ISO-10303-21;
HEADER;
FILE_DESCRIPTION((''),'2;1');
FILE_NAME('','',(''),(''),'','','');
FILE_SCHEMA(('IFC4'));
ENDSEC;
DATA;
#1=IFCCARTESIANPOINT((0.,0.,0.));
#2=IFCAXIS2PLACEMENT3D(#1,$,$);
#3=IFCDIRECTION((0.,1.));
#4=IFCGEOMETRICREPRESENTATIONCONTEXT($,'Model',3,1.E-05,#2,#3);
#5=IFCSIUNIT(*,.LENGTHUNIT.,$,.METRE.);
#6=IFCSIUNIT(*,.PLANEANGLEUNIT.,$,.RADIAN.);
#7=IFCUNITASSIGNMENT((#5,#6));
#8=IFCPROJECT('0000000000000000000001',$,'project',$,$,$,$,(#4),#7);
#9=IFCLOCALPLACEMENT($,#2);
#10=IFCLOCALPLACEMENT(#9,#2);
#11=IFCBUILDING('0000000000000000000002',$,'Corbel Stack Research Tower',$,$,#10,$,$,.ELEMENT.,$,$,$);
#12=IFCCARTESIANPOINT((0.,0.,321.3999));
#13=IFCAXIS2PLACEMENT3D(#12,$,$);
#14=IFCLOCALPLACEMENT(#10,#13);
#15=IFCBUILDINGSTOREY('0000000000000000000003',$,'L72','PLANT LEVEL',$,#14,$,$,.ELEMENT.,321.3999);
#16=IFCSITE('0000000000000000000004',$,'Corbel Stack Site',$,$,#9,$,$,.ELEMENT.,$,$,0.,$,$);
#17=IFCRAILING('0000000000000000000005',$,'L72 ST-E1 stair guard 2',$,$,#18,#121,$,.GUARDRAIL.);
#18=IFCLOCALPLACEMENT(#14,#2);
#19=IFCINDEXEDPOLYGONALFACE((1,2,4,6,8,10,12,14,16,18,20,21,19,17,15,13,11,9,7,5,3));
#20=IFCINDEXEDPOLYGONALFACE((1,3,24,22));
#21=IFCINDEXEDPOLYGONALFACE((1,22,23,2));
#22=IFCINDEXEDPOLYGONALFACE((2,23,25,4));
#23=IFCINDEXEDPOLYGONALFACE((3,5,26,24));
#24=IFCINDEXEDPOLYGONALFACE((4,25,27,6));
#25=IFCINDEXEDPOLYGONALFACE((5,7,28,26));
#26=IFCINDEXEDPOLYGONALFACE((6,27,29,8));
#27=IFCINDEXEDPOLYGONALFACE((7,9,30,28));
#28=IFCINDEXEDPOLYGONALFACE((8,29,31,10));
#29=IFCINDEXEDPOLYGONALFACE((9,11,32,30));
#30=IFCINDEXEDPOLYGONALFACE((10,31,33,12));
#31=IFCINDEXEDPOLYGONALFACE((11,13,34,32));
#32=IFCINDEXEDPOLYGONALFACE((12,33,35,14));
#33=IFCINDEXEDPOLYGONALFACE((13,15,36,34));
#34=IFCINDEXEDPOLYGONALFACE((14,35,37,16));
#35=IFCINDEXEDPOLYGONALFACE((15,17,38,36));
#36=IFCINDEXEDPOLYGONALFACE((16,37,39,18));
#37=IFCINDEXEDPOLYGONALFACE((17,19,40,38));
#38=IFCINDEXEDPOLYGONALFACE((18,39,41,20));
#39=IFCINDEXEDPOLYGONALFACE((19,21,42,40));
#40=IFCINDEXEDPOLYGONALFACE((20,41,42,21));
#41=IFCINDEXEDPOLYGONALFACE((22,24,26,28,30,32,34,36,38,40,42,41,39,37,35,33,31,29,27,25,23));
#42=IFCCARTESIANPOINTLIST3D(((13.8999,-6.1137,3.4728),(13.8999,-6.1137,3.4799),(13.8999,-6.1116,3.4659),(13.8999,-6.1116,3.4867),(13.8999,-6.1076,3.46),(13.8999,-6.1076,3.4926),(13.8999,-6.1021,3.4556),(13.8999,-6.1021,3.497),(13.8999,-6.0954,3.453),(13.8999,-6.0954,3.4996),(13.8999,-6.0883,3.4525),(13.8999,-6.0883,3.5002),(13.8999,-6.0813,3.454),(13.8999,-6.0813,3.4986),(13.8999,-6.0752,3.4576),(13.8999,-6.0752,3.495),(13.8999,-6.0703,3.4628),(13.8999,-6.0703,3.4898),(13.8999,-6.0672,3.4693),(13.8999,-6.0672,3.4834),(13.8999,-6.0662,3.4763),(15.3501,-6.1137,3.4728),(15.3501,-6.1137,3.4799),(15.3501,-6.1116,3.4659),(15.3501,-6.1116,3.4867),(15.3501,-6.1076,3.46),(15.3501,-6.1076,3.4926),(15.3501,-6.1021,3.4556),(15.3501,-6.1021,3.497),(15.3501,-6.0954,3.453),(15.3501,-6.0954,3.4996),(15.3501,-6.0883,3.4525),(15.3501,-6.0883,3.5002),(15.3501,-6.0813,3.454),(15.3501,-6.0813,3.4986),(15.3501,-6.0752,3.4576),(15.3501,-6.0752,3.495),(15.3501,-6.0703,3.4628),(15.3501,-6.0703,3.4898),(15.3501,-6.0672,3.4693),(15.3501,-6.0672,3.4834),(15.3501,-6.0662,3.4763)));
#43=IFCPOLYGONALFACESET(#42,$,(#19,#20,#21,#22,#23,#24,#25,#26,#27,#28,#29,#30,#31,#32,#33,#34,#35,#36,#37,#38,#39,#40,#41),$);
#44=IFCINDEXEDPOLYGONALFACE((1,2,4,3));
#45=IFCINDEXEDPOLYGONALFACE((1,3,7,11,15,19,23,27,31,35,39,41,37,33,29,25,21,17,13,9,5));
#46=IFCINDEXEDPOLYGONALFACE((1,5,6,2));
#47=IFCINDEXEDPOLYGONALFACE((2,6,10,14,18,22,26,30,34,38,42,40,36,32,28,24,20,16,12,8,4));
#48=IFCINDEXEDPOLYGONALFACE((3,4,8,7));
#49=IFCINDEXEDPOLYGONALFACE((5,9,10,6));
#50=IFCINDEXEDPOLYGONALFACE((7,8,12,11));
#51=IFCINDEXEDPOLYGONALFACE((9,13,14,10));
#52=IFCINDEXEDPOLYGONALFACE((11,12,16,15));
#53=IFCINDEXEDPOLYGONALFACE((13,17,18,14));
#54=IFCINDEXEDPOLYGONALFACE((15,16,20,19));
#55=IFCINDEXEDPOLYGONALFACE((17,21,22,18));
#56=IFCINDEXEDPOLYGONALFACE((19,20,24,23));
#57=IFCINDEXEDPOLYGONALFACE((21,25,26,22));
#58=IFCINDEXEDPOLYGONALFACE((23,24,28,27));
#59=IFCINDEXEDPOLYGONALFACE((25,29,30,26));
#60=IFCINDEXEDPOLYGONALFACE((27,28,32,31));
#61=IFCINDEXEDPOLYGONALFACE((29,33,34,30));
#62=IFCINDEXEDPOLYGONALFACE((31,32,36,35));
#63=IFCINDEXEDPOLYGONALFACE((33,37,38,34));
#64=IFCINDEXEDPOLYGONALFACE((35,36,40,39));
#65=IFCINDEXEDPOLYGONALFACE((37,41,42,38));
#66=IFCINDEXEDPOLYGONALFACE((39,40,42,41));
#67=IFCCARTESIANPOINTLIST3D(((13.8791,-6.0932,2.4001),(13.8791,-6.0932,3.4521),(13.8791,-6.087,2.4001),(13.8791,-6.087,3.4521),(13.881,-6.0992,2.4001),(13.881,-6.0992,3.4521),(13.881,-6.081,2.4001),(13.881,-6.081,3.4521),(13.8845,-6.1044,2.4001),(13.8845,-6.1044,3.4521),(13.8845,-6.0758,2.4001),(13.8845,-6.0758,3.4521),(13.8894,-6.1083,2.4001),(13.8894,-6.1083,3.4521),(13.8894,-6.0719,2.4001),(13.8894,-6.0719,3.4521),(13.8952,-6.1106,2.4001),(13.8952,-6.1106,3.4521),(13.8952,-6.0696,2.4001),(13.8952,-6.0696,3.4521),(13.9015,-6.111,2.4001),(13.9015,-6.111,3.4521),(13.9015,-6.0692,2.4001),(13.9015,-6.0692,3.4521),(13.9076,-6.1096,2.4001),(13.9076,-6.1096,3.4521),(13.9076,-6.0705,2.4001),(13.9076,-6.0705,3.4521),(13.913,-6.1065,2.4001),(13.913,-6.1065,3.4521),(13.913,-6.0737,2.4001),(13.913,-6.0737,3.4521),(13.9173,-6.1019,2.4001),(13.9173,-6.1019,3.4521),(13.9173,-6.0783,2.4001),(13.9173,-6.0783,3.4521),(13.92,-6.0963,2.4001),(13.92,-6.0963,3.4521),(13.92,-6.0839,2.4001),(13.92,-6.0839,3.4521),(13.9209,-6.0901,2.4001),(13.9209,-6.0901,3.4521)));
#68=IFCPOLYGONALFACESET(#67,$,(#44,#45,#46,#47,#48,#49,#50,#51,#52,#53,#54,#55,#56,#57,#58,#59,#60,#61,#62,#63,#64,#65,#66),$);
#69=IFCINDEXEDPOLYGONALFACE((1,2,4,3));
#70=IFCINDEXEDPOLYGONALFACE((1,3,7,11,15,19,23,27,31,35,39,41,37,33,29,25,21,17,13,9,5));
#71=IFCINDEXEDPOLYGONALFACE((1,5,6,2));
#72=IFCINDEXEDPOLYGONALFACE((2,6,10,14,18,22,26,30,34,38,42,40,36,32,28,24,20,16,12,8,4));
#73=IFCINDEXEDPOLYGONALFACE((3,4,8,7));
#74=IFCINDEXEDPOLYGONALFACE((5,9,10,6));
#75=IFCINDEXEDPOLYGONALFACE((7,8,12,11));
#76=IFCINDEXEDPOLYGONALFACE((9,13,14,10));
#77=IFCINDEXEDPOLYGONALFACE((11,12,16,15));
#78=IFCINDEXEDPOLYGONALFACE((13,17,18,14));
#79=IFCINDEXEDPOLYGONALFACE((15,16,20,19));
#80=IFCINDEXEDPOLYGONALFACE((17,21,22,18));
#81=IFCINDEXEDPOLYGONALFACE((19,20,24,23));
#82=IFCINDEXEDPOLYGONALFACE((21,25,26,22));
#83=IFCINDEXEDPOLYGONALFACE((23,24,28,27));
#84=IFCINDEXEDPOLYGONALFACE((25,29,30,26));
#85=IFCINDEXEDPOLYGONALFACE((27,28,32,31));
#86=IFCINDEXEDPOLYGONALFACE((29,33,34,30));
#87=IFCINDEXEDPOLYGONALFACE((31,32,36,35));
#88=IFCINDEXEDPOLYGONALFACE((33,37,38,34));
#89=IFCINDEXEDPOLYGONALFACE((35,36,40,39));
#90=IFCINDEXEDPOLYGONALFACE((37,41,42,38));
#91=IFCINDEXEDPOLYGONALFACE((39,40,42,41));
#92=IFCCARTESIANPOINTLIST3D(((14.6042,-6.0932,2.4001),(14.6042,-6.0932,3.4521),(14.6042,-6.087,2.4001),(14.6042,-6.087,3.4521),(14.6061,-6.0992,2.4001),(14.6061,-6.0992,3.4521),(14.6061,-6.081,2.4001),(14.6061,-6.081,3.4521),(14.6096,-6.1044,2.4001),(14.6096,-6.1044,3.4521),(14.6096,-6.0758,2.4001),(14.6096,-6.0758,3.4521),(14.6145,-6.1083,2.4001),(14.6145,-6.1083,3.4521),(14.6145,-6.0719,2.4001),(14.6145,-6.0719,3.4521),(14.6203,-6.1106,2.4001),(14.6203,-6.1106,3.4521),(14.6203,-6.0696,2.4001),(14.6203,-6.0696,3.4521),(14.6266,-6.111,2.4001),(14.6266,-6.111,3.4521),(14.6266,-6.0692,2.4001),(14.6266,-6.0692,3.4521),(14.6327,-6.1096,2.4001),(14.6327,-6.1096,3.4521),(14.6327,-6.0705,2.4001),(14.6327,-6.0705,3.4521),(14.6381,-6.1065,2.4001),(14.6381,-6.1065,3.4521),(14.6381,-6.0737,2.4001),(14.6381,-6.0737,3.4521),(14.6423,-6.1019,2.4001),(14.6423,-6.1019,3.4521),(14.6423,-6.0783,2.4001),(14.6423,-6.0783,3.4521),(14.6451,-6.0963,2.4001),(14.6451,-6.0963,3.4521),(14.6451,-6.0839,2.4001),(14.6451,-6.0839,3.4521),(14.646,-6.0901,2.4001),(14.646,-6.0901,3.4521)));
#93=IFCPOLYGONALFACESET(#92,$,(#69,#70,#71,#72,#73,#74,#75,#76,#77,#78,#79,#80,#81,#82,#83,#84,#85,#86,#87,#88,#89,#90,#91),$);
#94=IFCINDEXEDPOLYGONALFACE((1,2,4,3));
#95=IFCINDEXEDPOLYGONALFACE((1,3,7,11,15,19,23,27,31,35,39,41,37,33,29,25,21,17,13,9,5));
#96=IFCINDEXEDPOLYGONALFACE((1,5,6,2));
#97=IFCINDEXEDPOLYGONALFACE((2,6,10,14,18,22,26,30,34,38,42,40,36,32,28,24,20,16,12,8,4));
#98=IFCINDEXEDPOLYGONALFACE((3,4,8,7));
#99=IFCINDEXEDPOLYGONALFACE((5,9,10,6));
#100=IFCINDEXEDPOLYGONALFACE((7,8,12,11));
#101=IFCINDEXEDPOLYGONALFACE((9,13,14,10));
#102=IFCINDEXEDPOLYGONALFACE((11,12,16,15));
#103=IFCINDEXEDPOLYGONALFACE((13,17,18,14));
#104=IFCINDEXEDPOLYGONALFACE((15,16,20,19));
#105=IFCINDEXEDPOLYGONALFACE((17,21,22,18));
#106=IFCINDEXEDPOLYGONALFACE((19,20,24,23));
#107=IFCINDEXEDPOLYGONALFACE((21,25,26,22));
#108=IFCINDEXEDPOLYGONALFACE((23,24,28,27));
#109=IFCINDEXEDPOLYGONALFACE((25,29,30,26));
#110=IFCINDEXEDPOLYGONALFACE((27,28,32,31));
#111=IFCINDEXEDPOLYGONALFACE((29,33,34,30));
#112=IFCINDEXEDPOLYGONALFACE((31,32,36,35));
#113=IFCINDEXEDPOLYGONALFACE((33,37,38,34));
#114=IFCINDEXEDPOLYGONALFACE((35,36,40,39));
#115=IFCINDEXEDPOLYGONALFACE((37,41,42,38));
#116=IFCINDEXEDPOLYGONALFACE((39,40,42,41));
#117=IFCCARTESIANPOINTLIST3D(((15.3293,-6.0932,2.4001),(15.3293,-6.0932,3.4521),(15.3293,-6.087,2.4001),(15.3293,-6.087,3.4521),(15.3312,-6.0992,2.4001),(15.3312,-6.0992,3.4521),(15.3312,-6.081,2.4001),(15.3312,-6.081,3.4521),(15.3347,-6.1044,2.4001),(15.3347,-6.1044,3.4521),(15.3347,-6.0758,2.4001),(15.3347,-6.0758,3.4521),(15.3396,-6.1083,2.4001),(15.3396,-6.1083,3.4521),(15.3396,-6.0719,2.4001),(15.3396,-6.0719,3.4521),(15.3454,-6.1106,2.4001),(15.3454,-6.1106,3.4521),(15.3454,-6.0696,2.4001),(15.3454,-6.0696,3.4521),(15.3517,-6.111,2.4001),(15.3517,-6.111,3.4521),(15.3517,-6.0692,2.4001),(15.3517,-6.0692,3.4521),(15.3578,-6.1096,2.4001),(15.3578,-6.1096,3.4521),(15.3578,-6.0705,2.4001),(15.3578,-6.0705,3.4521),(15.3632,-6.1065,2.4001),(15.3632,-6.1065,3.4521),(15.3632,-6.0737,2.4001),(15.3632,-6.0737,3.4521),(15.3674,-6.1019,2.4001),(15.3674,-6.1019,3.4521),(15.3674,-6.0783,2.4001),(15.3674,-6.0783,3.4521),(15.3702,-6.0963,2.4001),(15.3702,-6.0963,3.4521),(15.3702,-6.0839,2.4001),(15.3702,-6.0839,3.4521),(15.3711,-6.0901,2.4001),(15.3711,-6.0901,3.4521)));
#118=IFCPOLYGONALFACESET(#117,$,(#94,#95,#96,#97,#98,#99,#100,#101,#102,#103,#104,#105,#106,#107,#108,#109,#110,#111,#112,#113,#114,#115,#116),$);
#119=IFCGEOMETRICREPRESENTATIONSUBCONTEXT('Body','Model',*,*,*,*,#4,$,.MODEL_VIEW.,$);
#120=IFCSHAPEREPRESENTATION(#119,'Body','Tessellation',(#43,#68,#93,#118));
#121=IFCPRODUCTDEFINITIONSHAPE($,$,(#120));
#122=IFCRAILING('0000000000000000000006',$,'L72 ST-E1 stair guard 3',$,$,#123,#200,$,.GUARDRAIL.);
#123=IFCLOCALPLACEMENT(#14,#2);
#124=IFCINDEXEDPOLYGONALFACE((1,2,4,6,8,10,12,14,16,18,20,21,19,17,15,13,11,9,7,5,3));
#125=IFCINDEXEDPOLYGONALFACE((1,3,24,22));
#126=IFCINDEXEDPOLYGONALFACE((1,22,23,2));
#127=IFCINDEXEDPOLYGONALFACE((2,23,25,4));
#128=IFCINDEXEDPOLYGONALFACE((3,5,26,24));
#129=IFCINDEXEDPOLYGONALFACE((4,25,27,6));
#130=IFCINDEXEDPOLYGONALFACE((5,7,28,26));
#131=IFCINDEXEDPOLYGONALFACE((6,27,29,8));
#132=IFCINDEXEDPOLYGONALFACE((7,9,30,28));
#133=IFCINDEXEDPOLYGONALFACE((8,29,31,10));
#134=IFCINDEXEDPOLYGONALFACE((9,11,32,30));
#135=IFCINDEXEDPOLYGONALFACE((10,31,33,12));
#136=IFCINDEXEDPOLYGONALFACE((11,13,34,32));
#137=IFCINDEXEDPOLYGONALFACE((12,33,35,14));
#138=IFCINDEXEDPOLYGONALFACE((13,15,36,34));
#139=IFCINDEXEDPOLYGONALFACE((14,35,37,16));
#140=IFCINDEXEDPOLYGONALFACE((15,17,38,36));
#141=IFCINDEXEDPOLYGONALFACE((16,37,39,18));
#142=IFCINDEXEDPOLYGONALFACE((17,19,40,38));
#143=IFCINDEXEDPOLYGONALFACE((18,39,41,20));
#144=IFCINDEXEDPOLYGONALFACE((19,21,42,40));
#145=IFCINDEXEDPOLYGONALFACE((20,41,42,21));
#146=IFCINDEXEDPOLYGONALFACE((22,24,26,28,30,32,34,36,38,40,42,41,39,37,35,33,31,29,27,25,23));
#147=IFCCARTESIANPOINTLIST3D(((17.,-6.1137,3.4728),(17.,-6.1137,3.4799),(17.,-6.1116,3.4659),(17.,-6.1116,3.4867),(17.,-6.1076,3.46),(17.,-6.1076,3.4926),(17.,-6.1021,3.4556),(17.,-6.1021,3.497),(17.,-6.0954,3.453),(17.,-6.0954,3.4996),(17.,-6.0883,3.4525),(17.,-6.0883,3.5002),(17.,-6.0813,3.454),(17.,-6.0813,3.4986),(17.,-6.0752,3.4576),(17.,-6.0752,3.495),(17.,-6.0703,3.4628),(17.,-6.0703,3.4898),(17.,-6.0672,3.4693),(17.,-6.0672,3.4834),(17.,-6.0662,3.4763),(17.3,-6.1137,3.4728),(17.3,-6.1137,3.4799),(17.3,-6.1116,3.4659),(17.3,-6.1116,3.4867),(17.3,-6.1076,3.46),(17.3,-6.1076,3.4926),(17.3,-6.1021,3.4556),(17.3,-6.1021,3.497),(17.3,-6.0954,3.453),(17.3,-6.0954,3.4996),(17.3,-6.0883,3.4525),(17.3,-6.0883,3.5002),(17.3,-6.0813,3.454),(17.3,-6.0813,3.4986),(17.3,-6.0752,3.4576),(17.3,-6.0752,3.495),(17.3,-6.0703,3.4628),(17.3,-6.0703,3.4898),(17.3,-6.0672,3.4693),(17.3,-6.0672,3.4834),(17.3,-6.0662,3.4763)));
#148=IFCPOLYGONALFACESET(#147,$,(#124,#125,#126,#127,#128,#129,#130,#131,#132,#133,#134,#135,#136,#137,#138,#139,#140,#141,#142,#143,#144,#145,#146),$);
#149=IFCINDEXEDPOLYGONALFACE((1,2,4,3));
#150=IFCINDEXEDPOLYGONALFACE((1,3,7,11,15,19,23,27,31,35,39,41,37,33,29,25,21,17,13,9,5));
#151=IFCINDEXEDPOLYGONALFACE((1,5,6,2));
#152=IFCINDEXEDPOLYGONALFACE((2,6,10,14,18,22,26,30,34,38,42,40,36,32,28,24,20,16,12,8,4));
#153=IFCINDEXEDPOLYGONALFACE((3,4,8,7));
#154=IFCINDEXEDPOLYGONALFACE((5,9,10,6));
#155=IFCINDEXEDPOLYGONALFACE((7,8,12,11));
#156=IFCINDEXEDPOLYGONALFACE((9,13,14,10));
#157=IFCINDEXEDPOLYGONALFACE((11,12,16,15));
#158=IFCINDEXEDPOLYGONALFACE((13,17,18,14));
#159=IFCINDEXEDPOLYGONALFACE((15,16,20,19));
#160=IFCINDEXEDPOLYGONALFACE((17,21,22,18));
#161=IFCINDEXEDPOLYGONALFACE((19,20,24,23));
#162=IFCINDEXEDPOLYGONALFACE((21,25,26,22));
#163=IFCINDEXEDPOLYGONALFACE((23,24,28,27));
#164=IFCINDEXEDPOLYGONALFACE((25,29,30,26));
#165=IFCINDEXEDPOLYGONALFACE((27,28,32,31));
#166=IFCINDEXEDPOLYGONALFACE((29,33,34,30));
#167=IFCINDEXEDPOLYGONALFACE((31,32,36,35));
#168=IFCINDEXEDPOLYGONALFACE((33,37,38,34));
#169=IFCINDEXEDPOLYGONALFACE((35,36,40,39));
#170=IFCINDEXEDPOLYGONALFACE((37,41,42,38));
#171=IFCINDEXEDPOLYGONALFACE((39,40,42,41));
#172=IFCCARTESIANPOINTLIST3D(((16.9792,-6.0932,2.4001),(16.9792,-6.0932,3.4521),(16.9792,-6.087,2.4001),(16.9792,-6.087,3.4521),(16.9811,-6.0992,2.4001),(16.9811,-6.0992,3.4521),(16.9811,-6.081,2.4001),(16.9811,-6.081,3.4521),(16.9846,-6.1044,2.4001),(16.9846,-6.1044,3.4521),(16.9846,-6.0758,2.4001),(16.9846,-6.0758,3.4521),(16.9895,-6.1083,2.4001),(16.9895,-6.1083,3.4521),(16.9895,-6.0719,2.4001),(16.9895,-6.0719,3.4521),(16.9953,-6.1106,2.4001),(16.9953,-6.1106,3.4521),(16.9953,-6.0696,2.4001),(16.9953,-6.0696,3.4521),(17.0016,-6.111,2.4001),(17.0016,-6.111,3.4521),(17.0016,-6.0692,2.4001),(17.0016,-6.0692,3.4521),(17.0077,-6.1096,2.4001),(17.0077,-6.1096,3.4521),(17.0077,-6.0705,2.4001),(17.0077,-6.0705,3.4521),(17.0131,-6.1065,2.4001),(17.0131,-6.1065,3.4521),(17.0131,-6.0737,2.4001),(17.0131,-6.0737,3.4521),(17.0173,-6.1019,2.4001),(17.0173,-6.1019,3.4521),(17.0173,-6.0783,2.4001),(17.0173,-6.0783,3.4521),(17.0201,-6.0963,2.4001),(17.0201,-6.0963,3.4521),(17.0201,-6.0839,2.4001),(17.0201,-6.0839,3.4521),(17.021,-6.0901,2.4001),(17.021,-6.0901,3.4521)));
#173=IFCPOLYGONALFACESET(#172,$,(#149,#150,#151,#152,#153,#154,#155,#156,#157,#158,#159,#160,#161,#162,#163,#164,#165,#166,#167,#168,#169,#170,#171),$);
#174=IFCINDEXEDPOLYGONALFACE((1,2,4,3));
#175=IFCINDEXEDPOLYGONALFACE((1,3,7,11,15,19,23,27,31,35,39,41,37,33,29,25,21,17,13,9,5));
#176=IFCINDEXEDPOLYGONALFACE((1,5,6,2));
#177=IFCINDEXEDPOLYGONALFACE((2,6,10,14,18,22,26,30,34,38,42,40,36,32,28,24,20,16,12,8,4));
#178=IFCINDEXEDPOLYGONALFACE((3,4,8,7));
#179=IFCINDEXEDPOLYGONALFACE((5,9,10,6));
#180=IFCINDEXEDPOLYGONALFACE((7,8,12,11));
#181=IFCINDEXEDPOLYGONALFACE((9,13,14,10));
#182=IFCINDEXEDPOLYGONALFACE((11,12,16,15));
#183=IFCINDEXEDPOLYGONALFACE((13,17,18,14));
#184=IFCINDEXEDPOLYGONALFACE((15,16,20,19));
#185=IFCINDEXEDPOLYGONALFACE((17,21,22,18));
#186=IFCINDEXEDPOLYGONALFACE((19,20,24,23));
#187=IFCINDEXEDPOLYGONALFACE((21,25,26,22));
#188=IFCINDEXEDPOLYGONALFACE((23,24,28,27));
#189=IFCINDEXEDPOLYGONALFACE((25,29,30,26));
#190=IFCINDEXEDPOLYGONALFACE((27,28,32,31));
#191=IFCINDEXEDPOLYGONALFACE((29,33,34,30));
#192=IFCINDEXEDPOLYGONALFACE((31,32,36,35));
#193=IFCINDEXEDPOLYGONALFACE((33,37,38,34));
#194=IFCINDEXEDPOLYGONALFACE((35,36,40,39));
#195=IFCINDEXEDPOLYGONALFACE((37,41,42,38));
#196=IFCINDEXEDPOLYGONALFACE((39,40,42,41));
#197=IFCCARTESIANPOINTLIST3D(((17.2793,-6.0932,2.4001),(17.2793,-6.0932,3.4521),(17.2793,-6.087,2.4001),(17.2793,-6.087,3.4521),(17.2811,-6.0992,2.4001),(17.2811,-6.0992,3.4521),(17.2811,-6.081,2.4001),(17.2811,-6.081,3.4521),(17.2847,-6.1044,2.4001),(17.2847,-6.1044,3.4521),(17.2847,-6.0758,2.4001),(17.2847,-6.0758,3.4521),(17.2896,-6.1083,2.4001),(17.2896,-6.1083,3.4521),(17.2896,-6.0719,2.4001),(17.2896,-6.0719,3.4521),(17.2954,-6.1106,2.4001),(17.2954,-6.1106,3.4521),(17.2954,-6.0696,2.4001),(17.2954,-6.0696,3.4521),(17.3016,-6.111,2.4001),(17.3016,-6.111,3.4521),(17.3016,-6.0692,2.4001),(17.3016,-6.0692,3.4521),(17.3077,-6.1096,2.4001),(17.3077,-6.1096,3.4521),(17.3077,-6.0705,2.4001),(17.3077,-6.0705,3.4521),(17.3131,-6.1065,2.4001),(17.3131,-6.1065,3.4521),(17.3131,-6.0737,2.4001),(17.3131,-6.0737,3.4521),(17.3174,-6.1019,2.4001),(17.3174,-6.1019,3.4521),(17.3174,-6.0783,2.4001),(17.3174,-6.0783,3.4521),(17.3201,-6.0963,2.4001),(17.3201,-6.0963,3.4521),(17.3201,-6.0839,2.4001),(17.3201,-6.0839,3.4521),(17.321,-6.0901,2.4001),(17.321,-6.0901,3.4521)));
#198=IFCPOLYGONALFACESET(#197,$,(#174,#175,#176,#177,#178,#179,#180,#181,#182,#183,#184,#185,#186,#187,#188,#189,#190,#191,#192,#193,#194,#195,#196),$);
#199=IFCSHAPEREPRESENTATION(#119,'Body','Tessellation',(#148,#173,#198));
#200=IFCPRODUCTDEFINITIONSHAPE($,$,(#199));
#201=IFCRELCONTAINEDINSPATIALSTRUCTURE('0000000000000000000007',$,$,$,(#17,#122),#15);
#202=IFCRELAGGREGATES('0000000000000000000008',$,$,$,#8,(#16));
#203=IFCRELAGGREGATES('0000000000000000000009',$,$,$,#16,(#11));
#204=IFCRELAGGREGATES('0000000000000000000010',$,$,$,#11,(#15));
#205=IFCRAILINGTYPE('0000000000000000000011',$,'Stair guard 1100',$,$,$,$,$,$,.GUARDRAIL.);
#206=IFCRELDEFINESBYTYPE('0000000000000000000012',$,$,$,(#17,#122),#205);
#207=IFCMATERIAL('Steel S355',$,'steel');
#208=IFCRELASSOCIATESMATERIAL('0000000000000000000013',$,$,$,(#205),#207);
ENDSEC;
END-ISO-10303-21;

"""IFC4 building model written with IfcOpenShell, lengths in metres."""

from ifc_helpers import new_model, si_unit, direction, frame, origin, origin_2d, place, context, subcontext, project, spatial, circle, extrude, material, type_object, element, save


model = new_model("IFC4")

# Units and contexts
model_context = context("Model", 3, precision=1e-05, world=origin(), true_north=direction((0.0, 1.0)))
body_context = subcontext(model_context, "Body", "Model", "MODEL_VIEW")
ifc_project = project(units=[si_unit("LENGTHUNIT", "METRE"), si_unit("PLANEANGLEUNIT", "RADIAN")], contexts=[model_context])

# Site, building, storey
site_placement = place(None, origin())
site = spatial("IfcSite", under=ifc_project, at=site_placement, Name="Corbel Stack Site", CompositionType="ELEMENT", RefElevation=0.0)
building_placement = place(site_placement, origin())
building = spatial("IfcBuilding", under=site, at=building_placement, Name="Corbel Stack Research Tower", CompositionType="ELEMENT")
storey_placement = place(building_placement, frame((0.0, 0.0, 321.3999)))
storey = spatial("IfcBuildingStorey", under=building, at=storey_placement, Name="L72", Description="PLANT LEVEL", CompositionType="ELEMENT", Elevation=321.3999)

# Railings
ifc_material_1 = material(Name="Steel S355", Category="steel")
railing_type_1 = type_object("IfcRailingType", Name="Stair guard 1100", PredefinedType="GUARDRAIL", material=ifc_material_1)
railing_1_placement = place(storey_placement, frame((13.8999, -6.0901, 2.4001)))
element("IfcRailing", 1, at=railing_1_placement, inside=storey, type_object=railing_type_1, Name="L72 ST-E1 stair guard 2", PredefinedType="GUARDRAIL", context=body_context, shape_type="SweptSolid", body=[
    extrude(circle(Radius=0.0239, at=origin_2d()), frame((0.0, 0.0, 1.0762), z_axis=(1.0, 0.0, 0.0), x_axis=(0.0, 1.0, 0.0)), (0.0, 0.0, 1.0), 1.4502),
    extrude(circle(Radius=0.021, at=origin_2d()), origin(), (0.0, 0.0, 1.0), 1.052),
    extrude(circle(Radius=0.021, at=origin_2d()), frame((0.7251, 0.0, 0.0)), (0.0, 0.0, 1.0), 1.052),
    extrude(circle(Radius=0.021, at=origin_2d()), frame((1.4502, 0.0, 0.0)), (0.0, 0.0, 1.0), 1.052),
])
railing_2_placement = place(storey_placement, frame((17.0, -6.0901, 2.4001)))
element("IfcRailing", 2, at=railing_2_placement, inside=storey, type_object=railing_type_1, Name="L72 ST-E1 stair guard 3", PredefinedType="GUARDRAIL", context=body_context, shape_type="SweptSolid", body=[
    extrude(circle(Radius=0.0239, at=origin_2d()), frame((0.0, 0.0, 1.0762), z_axis=(1.0, 0.0, 0.0), x_axis=(0.0, 1.0, 0.0)), (0.0, 0.0, 1.0), 0.3),
    extrude(circle(Radius=0.021, at=origin_2d()), origin(), (0.0, 0.0, 1.0), 1.052),
    extrude(circle(Radius=0.021, at=origin_2d()), frame((0.3, 0.0, 0.0)), (0.0, 0.0, 1.0), 1.052),
])

save(model, "model.ifc")
